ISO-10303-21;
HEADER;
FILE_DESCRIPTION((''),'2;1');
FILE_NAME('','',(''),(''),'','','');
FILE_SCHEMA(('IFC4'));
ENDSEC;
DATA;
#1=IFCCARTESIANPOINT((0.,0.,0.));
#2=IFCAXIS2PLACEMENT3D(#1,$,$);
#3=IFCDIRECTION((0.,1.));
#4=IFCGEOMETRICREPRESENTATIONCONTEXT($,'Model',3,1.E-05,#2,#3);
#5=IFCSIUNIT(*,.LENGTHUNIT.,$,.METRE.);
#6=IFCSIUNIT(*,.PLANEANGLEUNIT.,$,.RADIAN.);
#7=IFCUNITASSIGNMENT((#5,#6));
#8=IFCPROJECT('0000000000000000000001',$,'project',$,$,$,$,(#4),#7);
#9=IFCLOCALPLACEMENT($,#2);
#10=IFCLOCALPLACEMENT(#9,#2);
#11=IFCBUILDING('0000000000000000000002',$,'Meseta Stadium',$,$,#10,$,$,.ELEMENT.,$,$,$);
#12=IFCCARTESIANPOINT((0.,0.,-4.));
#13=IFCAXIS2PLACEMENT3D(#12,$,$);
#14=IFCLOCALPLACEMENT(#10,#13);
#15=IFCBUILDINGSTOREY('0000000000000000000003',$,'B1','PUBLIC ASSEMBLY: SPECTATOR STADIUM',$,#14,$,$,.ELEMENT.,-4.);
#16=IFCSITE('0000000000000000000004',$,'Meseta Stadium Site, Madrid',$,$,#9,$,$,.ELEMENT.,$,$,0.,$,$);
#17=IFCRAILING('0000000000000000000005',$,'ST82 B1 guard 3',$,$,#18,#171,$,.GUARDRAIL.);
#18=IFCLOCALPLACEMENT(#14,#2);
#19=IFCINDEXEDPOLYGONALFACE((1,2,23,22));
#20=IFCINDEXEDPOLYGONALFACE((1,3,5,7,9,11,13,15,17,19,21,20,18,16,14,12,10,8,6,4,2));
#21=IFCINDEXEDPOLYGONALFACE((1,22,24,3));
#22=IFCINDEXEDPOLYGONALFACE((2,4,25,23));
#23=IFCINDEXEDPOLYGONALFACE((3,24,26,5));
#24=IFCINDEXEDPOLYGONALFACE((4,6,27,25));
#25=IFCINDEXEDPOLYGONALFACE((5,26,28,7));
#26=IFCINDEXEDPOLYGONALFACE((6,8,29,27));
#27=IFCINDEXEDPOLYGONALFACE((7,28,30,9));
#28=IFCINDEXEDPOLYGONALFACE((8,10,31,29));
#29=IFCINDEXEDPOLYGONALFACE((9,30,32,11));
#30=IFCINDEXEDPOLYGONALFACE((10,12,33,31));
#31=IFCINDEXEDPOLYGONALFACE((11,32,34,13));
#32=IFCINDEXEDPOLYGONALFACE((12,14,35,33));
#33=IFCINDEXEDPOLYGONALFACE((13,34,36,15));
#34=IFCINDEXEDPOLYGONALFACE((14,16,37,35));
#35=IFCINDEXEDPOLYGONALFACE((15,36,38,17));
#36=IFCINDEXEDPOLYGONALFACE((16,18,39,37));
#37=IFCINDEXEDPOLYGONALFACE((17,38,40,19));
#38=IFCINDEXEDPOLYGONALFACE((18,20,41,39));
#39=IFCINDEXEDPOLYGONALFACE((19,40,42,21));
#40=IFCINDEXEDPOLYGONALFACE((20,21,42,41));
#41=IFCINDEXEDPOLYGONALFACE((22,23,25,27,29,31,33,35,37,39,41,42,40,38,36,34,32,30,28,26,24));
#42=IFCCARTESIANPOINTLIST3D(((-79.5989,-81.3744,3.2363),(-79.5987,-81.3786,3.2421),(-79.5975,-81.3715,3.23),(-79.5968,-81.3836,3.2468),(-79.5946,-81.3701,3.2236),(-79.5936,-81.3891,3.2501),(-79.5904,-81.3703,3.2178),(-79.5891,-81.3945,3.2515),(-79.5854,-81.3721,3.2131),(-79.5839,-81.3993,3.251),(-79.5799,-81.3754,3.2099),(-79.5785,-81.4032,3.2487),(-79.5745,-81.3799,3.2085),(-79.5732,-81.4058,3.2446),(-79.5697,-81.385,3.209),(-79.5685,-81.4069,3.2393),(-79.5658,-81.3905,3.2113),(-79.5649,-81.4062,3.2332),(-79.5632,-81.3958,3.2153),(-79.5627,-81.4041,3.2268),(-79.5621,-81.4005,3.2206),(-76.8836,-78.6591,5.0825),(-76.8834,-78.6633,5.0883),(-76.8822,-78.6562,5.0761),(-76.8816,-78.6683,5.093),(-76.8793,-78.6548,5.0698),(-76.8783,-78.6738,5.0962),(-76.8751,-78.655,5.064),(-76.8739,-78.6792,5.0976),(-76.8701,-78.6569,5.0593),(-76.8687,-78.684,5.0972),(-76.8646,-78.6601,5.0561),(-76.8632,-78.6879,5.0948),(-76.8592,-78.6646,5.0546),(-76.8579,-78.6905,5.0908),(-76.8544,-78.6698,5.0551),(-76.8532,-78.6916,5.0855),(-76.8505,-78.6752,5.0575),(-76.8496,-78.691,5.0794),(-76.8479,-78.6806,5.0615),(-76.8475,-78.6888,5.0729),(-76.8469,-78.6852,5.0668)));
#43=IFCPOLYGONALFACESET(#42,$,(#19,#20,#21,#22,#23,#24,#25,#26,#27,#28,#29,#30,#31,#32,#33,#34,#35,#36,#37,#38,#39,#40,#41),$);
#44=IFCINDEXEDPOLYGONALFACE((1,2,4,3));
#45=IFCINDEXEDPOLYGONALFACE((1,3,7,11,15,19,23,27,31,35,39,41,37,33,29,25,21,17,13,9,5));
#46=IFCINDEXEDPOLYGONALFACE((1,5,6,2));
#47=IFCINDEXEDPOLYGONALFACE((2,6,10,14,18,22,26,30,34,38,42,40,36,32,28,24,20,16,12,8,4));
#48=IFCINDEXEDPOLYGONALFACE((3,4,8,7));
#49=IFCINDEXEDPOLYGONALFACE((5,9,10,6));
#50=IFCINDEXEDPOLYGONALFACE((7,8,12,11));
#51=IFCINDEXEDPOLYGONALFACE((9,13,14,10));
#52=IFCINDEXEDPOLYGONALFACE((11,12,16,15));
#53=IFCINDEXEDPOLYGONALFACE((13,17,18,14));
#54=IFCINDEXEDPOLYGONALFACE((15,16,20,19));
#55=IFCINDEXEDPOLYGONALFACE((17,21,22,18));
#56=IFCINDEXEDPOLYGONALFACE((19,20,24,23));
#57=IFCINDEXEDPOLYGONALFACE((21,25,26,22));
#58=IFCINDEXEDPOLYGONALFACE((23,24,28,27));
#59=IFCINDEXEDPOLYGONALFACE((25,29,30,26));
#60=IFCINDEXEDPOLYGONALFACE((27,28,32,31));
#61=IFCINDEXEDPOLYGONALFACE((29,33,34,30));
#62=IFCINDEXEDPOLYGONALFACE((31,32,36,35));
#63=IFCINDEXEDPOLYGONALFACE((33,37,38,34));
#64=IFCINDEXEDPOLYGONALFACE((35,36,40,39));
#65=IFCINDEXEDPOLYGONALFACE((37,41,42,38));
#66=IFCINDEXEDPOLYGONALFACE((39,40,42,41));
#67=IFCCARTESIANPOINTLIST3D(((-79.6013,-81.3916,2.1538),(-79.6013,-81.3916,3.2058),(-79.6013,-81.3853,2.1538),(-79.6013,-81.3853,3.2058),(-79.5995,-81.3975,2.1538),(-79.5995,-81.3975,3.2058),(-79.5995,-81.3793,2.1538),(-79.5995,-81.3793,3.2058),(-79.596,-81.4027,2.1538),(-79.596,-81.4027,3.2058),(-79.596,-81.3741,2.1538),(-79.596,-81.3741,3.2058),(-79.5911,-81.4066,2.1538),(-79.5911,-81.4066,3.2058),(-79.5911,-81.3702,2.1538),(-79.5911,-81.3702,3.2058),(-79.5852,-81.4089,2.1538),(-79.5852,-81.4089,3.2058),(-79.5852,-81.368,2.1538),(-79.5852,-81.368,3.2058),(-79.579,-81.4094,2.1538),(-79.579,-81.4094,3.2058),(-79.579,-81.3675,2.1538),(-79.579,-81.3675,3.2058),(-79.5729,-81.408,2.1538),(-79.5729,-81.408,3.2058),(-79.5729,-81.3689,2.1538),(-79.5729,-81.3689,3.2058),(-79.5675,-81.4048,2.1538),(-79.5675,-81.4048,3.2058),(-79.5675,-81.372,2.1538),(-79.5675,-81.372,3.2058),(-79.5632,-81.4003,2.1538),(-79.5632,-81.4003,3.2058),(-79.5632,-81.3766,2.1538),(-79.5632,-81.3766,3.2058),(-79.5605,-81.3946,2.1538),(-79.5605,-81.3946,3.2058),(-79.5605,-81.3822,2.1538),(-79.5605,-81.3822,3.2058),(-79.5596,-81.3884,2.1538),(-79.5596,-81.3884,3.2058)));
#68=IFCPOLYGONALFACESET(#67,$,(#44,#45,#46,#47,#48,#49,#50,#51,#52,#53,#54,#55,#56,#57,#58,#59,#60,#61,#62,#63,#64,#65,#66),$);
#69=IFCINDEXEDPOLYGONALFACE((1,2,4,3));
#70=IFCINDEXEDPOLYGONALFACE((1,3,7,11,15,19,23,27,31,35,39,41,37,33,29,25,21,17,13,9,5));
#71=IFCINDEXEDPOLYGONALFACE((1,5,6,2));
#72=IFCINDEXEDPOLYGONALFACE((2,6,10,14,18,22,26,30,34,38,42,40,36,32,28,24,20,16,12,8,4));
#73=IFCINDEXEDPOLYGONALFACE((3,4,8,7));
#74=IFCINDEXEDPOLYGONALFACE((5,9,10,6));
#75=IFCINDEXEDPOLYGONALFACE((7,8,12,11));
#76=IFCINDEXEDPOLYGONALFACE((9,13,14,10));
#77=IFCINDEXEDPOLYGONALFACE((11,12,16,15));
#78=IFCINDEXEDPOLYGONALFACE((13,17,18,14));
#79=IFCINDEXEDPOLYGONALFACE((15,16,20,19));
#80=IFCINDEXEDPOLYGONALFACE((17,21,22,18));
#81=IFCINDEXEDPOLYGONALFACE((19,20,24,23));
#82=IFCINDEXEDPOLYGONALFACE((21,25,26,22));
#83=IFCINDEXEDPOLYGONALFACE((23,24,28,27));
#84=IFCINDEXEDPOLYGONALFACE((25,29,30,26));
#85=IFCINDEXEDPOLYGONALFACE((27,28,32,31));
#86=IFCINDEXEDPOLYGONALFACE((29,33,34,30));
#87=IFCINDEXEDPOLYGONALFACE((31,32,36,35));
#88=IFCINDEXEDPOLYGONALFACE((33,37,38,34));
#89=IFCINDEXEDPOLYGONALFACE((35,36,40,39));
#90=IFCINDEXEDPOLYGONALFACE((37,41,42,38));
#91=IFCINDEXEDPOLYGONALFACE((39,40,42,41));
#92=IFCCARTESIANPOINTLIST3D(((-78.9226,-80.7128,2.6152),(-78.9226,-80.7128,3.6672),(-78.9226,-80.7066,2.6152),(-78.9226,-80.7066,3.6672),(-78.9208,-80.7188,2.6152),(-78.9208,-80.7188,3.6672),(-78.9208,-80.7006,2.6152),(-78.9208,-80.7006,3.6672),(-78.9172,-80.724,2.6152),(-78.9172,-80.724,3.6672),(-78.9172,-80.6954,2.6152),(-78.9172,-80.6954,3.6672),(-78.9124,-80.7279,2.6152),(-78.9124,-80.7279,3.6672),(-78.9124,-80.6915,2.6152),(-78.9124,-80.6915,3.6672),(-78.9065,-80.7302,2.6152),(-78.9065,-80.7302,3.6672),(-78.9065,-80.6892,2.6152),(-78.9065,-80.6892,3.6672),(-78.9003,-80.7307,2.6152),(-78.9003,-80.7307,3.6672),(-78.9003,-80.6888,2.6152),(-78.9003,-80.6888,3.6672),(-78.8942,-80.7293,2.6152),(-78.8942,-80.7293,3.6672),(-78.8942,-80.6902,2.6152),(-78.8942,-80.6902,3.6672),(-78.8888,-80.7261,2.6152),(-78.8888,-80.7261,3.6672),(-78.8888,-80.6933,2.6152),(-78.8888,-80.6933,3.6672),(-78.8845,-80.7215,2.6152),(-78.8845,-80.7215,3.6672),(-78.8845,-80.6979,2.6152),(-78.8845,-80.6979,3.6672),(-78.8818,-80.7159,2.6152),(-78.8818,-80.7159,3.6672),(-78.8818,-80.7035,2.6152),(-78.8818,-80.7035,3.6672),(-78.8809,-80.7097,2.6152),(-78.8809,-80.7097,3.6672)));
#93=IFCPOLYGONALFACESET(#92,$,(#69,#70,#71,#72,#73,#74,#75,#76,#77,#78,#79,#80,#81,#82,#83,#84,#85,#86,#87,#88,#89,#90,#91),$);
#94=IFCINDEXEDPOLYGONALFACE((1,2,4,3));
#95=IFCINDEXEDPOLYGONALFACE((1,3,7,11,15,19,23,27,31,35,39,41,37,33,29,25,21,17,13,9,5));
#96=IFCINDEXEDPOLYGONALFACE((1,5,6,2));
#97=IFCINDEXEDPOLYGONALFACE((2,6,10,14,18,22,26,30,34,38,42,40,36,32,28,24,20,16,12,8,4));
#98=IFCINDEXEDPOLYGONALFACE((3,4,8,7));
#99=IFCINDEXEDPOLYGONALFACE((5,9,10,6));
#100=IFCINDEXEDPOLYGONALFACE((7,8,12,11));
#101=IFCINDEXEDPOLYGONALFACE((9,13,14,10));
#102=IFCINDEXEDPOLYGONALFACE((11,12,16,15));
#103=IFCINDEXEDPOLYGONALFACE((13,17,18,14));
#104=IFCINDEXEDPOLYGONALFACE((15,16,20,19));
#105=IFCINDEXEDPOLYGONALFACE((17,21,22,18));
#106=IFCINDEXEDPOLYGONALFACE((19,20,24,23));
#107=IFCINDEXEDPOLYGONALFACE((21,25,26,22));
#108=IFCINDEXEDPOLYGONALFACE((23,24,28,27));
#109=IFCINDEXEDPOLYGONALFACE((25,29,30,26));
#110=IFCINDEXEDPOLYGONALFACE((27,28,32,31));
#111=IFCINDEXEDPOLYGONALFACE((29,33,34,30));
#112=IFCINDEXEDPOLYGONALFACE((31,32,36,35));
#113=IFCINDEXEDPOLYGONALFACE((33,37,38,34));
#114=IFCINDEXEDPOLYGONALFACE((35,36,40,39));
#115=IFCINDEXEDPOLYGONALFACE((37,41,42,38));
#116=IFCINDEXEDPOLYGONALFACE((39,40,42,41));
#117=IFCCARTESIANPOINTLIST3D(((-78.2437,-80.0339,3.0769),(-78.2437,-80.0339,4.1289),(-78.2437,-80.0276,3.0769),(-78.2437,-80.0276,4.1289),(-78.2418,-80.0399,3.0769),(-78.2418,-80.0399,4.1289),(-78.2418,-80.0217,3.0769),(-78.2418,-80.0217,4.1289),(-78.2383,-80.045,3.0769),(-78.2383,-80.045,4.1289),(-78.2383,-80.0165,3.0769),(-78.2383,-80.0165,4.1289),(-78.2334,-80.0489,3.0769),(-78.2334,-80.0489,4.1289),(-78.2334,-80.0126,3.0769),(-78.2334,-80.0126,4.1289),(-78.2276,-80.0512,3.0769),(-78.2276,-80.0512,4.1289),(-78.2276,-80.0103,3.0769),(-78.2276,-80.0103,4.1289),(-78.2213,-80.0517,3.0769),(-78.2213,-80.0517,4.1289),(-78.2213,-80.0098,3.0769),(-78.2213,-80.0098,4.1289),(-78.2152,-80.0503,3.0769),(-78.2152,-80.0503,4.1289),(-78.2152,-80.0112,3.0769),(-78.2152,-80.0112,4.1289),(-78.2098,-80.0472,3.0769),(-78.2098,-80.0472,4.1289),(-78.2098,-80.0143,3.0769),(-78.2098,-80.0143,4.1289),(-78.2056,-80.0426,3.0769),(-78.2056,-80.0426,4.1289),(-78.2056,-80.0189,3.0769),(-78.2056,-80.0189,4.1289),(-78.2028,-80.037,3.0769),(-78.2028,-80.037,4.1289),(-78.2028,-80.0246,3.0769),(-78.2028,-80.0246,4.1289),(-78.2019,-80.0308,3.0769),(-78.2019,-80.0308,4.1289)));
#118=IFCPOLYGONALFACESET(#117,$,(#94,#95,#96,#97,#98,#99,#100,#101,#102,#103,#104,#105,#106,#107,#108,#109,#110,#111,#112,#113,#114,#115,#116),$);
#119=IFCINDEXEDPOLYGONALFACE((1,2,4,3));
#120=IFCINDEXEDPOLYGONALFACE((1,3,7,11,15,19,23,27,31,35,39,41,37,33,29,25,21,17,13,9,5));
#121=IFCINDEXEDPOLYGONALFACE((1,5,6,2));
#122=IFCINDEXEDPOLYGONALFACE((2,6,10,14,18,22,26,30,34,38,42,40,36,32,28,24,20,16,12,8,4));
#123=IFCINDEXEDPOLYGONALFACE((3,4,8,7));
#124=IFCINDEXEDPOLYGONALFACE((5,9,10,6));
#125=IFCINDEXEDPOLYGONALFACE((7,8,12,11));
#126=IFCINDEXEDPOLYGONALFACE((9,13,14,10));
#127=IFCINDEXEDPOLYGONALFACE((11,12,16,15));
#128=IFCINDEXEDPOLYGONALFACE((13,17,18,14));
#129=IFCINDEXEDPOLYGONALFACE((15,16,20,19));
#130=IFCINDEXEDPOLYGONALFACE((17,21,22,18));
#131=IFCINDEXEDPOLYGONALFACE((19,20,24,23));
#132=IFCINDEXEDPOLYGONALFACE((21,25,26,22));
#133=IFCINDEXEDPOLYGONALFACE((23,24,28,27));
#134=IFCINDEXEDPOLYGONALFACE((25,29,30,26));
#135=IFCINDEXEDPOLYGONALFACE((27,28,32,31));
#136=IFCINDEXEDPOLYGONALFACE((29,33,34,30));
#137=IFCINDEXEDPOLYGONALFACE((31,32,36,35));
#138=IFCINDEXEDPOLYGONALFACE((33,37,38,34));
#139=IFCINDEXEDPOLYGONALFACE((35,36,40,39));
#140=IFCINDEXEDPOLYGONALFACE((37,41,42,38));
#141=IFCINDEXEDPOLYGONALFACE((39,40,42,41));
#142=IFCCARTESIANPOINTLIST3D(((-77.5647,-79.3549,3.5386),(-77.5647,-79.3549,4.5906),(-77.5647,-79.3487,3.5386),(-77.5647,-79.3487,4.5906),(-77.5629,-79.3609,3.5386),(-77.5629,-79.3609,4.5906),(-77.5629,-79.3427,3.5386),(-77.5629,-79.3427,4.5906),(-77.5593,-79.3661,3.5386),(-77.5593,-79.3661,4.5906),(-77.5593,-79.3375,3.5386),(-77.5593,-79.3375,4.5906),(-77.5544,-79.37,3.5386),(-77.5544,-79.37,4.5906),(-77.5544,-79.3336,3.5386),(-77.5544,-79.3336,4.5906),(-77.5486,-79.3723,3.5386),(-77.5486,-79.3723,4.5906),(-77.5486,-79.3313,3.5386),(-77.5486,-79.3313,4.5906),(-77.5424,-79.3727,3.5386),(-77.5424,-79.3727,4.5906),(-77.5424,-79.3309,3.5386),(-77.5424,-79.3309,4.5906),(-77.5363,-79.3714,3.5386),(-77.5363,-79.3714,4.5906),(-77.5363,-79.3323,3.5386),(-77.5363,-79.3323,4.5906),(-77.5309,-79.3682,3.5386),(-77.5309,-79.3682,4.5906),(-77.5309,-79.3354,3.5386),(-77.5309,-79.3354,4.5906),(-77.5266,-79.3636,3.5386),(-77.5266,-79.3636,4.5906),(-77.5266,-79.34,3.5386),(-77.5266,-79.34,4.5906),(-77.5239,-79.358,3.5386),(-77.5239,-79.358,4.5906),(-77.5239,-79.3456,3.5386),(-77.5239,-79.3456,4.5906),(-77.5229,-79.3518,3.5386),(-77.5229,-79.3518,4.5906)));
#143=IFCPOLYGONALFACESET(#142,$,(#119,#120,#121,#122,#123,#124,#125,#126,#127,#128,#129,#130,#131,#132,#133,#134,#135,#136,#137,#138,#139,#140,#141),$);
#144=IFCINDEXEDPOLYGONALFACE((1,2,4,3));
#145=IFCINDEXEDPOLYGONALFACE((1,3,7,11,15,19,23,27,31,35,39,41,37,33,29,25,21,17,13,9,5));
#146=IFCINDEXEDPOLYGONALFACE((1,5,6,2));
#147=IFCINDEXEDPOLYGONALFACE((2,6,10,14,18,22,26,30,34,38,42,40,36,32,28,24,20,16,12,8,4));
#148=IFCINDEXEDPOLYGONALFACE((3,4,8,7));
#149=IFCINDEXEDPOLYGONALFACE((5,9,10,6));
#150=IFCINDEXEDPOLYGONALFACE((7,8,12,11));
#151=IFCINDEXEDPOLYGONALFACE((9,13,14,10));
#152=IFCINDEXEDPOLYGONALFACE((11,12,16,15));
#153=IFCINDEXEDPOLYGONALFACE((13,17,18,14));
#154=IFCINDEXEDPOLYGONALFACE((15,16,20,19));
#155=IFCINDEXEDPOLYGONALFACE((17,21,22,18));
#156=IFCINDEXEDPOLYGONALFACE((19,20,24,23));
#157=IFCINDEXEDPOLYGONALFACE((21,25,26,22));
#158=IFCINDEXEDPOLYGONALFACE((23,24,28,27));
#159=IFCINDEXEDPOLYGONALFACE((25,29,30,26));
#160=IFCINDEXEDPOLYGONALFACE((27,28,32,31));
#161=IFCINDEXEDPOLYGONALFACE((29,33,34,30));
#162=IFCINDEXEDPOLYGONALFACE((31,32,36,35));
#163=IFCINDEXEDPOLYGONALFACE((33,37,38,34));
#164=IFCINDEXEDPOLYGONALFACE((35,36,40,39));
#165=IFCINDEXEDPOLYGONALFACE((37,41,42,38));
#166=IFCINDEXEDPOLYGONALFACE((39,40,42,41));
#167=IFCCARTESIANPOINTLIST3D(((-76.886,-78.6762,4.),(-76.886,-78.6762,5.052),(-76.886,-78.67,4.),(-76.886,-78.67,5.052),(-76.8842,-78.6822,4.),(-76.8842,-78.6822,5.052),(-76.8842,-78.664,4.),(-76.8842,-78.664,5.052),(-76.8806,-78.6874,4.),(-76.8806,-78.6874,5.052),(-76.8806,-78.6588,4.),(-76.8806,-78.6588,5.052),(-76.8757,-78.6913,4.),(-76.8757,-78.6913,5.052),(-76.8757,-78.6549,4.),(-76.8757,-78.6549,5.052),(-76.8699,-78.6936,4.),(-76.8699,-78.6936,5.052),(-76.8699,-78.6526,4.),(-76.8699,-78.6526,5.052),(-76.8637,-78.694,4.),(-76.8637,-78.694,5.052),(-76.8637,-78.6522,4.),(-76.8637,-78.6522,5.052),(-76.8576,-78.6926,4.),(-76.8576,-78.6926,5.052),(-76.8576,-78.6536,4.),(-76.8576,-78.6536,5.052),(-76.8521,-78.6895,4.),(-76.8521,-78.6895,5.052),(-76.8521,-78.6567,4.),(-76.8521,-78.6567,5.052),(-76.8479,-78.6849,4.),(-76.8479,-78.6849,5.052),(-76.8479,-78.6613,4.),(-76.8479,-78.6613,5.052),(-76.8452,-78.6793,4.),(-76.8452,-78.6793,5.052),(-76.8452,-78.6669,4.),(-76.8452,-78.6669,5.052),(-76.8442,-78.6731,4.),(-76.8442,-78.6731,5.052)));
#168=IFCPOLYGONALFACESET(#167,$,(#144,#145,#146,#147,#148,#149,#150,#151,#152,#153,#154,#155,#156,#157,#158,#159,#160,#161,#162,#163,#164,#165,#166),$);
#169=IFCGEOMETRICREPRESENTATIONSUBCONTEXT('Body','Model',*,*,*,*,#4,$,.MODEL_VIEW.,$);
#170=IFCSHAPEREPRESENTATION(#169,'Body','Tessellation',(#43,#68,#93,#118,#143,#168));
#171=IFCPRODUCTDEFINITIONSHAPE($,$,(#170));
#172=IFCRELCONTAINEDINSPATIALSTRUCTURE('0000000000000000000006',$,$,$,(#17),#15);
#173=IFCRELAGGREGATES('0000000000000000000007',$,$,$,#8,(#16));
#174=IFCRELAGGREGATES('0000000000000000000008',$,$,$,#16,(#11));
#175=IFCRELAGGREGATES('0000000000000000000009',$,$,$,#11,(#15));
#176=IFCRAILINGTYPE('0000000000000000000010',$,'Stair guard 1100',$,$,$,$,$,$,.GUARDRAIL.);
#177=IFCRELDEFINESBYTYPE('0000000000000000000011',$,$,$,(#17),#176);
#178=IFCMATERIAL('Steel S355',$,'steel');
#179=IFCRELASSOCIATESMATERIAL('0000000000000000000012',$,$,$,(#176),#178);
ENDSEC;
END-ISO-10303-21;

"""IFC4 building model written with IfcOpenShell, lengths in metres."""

from ifc_helpers import new_model, si_unit, direction, frame, origin, origin_2d, place, context, subcontext, project, spatial, circle, extrude, material, type_object, element, save


model = new_model("IFC4")

# Units and contexts
model_context = context("Model", 3, precision=1e-05, world=origin(), true_north=direction((0.0, 1.0)))
body_context = subcontext(model_context, "Body", "Model", "MODEL_VIEW")
ifc_project = project(units=[si_unit("LENGTHUNIT", "METRE"), si_unit("PLANEANGLEUNIT", "RADIAN")], contexts=[model_context])

# Site, building, storey
site_placement = place(None, origin())
site = spatial("IfcSite", under=ifc_project, at=site_placement, Name="Meseta Stadium Site, Madrid", CompositionType="ELEMENT", RefElevation=0.0)
building_placement = place(site_placement, origin())
building = spatial("IfcBuilding", under=site, at=building_placement, Name="Meseta Stadium", CompositionType="ELEMENT")
storey_placement = place(building_placement, frame((0.0, 0.0, -4.0)))
storey = spatial("IfcBuildingStorey", under=building, at=storey_placement, Name="B1", Description="PUBLIC ASSEMBLY: SPECTATOR STADIUM", CompositionType="ELEMENT", Elevation=-4.0)

# Railing
ifc_material_1 = material(Name="Steel S355", Category="steel")
railing_type_1 = type_object("IfcRailingType", Name="Stair guard 1100", PredefinedType="GUARDRAIL", material=ifc_material_1)
railing_1_placement = place(storey_placement, frame((-79.5806, -81.3884, 2.1538)))
element("IfcRailing", 1, at=railing_1_placement, inside=storey, type_object=railing_type_1, Name="ST82 B1 guard 3", PredefinedType="GUARDRAIL", context=body_context, shape_type="SweptSolid", body=[
    extrude(circle(Radius=0.0239, at=origin_2d()), frame((0.0, 0.0, 1.0762), z_axis=(0.637281, 0.637281, 0.433296), x_axis=(-0.707107, 0.707107, 0.0)), (0.0, 0.0, 1.0), 4.2607),
    extrude(circle(Radius=0.021, at=origin_2d()), origin(), (0.0, 0.0, 1.0), 1.052),
    extrude(circle(Radius=0.021, at=origin_2d()), frame((0.6787, 0.6787, 0.4614)), (0.0, 0.0, 1.0), 1.052),
    extrude(circle(Radius=0.021, at=origin_2d()), frame((1.3577, 1.3577, 0.9231)), (0.0, 0.0, 1.0), 1.052),
    extrude(circle(Radius=0.021, at=origin_2d()), frame((2.0366, 2.0366, 1.3848)), (0.0, 0.0, 1.0), 1.052),
    extrude(circle(Radius=0.021, at=origin_2d()), frame((2.7153, 2.7153, 1.8462)), (0.0, 0.0, 1.0), 1.052),
])

save(model, "model.ifc")
